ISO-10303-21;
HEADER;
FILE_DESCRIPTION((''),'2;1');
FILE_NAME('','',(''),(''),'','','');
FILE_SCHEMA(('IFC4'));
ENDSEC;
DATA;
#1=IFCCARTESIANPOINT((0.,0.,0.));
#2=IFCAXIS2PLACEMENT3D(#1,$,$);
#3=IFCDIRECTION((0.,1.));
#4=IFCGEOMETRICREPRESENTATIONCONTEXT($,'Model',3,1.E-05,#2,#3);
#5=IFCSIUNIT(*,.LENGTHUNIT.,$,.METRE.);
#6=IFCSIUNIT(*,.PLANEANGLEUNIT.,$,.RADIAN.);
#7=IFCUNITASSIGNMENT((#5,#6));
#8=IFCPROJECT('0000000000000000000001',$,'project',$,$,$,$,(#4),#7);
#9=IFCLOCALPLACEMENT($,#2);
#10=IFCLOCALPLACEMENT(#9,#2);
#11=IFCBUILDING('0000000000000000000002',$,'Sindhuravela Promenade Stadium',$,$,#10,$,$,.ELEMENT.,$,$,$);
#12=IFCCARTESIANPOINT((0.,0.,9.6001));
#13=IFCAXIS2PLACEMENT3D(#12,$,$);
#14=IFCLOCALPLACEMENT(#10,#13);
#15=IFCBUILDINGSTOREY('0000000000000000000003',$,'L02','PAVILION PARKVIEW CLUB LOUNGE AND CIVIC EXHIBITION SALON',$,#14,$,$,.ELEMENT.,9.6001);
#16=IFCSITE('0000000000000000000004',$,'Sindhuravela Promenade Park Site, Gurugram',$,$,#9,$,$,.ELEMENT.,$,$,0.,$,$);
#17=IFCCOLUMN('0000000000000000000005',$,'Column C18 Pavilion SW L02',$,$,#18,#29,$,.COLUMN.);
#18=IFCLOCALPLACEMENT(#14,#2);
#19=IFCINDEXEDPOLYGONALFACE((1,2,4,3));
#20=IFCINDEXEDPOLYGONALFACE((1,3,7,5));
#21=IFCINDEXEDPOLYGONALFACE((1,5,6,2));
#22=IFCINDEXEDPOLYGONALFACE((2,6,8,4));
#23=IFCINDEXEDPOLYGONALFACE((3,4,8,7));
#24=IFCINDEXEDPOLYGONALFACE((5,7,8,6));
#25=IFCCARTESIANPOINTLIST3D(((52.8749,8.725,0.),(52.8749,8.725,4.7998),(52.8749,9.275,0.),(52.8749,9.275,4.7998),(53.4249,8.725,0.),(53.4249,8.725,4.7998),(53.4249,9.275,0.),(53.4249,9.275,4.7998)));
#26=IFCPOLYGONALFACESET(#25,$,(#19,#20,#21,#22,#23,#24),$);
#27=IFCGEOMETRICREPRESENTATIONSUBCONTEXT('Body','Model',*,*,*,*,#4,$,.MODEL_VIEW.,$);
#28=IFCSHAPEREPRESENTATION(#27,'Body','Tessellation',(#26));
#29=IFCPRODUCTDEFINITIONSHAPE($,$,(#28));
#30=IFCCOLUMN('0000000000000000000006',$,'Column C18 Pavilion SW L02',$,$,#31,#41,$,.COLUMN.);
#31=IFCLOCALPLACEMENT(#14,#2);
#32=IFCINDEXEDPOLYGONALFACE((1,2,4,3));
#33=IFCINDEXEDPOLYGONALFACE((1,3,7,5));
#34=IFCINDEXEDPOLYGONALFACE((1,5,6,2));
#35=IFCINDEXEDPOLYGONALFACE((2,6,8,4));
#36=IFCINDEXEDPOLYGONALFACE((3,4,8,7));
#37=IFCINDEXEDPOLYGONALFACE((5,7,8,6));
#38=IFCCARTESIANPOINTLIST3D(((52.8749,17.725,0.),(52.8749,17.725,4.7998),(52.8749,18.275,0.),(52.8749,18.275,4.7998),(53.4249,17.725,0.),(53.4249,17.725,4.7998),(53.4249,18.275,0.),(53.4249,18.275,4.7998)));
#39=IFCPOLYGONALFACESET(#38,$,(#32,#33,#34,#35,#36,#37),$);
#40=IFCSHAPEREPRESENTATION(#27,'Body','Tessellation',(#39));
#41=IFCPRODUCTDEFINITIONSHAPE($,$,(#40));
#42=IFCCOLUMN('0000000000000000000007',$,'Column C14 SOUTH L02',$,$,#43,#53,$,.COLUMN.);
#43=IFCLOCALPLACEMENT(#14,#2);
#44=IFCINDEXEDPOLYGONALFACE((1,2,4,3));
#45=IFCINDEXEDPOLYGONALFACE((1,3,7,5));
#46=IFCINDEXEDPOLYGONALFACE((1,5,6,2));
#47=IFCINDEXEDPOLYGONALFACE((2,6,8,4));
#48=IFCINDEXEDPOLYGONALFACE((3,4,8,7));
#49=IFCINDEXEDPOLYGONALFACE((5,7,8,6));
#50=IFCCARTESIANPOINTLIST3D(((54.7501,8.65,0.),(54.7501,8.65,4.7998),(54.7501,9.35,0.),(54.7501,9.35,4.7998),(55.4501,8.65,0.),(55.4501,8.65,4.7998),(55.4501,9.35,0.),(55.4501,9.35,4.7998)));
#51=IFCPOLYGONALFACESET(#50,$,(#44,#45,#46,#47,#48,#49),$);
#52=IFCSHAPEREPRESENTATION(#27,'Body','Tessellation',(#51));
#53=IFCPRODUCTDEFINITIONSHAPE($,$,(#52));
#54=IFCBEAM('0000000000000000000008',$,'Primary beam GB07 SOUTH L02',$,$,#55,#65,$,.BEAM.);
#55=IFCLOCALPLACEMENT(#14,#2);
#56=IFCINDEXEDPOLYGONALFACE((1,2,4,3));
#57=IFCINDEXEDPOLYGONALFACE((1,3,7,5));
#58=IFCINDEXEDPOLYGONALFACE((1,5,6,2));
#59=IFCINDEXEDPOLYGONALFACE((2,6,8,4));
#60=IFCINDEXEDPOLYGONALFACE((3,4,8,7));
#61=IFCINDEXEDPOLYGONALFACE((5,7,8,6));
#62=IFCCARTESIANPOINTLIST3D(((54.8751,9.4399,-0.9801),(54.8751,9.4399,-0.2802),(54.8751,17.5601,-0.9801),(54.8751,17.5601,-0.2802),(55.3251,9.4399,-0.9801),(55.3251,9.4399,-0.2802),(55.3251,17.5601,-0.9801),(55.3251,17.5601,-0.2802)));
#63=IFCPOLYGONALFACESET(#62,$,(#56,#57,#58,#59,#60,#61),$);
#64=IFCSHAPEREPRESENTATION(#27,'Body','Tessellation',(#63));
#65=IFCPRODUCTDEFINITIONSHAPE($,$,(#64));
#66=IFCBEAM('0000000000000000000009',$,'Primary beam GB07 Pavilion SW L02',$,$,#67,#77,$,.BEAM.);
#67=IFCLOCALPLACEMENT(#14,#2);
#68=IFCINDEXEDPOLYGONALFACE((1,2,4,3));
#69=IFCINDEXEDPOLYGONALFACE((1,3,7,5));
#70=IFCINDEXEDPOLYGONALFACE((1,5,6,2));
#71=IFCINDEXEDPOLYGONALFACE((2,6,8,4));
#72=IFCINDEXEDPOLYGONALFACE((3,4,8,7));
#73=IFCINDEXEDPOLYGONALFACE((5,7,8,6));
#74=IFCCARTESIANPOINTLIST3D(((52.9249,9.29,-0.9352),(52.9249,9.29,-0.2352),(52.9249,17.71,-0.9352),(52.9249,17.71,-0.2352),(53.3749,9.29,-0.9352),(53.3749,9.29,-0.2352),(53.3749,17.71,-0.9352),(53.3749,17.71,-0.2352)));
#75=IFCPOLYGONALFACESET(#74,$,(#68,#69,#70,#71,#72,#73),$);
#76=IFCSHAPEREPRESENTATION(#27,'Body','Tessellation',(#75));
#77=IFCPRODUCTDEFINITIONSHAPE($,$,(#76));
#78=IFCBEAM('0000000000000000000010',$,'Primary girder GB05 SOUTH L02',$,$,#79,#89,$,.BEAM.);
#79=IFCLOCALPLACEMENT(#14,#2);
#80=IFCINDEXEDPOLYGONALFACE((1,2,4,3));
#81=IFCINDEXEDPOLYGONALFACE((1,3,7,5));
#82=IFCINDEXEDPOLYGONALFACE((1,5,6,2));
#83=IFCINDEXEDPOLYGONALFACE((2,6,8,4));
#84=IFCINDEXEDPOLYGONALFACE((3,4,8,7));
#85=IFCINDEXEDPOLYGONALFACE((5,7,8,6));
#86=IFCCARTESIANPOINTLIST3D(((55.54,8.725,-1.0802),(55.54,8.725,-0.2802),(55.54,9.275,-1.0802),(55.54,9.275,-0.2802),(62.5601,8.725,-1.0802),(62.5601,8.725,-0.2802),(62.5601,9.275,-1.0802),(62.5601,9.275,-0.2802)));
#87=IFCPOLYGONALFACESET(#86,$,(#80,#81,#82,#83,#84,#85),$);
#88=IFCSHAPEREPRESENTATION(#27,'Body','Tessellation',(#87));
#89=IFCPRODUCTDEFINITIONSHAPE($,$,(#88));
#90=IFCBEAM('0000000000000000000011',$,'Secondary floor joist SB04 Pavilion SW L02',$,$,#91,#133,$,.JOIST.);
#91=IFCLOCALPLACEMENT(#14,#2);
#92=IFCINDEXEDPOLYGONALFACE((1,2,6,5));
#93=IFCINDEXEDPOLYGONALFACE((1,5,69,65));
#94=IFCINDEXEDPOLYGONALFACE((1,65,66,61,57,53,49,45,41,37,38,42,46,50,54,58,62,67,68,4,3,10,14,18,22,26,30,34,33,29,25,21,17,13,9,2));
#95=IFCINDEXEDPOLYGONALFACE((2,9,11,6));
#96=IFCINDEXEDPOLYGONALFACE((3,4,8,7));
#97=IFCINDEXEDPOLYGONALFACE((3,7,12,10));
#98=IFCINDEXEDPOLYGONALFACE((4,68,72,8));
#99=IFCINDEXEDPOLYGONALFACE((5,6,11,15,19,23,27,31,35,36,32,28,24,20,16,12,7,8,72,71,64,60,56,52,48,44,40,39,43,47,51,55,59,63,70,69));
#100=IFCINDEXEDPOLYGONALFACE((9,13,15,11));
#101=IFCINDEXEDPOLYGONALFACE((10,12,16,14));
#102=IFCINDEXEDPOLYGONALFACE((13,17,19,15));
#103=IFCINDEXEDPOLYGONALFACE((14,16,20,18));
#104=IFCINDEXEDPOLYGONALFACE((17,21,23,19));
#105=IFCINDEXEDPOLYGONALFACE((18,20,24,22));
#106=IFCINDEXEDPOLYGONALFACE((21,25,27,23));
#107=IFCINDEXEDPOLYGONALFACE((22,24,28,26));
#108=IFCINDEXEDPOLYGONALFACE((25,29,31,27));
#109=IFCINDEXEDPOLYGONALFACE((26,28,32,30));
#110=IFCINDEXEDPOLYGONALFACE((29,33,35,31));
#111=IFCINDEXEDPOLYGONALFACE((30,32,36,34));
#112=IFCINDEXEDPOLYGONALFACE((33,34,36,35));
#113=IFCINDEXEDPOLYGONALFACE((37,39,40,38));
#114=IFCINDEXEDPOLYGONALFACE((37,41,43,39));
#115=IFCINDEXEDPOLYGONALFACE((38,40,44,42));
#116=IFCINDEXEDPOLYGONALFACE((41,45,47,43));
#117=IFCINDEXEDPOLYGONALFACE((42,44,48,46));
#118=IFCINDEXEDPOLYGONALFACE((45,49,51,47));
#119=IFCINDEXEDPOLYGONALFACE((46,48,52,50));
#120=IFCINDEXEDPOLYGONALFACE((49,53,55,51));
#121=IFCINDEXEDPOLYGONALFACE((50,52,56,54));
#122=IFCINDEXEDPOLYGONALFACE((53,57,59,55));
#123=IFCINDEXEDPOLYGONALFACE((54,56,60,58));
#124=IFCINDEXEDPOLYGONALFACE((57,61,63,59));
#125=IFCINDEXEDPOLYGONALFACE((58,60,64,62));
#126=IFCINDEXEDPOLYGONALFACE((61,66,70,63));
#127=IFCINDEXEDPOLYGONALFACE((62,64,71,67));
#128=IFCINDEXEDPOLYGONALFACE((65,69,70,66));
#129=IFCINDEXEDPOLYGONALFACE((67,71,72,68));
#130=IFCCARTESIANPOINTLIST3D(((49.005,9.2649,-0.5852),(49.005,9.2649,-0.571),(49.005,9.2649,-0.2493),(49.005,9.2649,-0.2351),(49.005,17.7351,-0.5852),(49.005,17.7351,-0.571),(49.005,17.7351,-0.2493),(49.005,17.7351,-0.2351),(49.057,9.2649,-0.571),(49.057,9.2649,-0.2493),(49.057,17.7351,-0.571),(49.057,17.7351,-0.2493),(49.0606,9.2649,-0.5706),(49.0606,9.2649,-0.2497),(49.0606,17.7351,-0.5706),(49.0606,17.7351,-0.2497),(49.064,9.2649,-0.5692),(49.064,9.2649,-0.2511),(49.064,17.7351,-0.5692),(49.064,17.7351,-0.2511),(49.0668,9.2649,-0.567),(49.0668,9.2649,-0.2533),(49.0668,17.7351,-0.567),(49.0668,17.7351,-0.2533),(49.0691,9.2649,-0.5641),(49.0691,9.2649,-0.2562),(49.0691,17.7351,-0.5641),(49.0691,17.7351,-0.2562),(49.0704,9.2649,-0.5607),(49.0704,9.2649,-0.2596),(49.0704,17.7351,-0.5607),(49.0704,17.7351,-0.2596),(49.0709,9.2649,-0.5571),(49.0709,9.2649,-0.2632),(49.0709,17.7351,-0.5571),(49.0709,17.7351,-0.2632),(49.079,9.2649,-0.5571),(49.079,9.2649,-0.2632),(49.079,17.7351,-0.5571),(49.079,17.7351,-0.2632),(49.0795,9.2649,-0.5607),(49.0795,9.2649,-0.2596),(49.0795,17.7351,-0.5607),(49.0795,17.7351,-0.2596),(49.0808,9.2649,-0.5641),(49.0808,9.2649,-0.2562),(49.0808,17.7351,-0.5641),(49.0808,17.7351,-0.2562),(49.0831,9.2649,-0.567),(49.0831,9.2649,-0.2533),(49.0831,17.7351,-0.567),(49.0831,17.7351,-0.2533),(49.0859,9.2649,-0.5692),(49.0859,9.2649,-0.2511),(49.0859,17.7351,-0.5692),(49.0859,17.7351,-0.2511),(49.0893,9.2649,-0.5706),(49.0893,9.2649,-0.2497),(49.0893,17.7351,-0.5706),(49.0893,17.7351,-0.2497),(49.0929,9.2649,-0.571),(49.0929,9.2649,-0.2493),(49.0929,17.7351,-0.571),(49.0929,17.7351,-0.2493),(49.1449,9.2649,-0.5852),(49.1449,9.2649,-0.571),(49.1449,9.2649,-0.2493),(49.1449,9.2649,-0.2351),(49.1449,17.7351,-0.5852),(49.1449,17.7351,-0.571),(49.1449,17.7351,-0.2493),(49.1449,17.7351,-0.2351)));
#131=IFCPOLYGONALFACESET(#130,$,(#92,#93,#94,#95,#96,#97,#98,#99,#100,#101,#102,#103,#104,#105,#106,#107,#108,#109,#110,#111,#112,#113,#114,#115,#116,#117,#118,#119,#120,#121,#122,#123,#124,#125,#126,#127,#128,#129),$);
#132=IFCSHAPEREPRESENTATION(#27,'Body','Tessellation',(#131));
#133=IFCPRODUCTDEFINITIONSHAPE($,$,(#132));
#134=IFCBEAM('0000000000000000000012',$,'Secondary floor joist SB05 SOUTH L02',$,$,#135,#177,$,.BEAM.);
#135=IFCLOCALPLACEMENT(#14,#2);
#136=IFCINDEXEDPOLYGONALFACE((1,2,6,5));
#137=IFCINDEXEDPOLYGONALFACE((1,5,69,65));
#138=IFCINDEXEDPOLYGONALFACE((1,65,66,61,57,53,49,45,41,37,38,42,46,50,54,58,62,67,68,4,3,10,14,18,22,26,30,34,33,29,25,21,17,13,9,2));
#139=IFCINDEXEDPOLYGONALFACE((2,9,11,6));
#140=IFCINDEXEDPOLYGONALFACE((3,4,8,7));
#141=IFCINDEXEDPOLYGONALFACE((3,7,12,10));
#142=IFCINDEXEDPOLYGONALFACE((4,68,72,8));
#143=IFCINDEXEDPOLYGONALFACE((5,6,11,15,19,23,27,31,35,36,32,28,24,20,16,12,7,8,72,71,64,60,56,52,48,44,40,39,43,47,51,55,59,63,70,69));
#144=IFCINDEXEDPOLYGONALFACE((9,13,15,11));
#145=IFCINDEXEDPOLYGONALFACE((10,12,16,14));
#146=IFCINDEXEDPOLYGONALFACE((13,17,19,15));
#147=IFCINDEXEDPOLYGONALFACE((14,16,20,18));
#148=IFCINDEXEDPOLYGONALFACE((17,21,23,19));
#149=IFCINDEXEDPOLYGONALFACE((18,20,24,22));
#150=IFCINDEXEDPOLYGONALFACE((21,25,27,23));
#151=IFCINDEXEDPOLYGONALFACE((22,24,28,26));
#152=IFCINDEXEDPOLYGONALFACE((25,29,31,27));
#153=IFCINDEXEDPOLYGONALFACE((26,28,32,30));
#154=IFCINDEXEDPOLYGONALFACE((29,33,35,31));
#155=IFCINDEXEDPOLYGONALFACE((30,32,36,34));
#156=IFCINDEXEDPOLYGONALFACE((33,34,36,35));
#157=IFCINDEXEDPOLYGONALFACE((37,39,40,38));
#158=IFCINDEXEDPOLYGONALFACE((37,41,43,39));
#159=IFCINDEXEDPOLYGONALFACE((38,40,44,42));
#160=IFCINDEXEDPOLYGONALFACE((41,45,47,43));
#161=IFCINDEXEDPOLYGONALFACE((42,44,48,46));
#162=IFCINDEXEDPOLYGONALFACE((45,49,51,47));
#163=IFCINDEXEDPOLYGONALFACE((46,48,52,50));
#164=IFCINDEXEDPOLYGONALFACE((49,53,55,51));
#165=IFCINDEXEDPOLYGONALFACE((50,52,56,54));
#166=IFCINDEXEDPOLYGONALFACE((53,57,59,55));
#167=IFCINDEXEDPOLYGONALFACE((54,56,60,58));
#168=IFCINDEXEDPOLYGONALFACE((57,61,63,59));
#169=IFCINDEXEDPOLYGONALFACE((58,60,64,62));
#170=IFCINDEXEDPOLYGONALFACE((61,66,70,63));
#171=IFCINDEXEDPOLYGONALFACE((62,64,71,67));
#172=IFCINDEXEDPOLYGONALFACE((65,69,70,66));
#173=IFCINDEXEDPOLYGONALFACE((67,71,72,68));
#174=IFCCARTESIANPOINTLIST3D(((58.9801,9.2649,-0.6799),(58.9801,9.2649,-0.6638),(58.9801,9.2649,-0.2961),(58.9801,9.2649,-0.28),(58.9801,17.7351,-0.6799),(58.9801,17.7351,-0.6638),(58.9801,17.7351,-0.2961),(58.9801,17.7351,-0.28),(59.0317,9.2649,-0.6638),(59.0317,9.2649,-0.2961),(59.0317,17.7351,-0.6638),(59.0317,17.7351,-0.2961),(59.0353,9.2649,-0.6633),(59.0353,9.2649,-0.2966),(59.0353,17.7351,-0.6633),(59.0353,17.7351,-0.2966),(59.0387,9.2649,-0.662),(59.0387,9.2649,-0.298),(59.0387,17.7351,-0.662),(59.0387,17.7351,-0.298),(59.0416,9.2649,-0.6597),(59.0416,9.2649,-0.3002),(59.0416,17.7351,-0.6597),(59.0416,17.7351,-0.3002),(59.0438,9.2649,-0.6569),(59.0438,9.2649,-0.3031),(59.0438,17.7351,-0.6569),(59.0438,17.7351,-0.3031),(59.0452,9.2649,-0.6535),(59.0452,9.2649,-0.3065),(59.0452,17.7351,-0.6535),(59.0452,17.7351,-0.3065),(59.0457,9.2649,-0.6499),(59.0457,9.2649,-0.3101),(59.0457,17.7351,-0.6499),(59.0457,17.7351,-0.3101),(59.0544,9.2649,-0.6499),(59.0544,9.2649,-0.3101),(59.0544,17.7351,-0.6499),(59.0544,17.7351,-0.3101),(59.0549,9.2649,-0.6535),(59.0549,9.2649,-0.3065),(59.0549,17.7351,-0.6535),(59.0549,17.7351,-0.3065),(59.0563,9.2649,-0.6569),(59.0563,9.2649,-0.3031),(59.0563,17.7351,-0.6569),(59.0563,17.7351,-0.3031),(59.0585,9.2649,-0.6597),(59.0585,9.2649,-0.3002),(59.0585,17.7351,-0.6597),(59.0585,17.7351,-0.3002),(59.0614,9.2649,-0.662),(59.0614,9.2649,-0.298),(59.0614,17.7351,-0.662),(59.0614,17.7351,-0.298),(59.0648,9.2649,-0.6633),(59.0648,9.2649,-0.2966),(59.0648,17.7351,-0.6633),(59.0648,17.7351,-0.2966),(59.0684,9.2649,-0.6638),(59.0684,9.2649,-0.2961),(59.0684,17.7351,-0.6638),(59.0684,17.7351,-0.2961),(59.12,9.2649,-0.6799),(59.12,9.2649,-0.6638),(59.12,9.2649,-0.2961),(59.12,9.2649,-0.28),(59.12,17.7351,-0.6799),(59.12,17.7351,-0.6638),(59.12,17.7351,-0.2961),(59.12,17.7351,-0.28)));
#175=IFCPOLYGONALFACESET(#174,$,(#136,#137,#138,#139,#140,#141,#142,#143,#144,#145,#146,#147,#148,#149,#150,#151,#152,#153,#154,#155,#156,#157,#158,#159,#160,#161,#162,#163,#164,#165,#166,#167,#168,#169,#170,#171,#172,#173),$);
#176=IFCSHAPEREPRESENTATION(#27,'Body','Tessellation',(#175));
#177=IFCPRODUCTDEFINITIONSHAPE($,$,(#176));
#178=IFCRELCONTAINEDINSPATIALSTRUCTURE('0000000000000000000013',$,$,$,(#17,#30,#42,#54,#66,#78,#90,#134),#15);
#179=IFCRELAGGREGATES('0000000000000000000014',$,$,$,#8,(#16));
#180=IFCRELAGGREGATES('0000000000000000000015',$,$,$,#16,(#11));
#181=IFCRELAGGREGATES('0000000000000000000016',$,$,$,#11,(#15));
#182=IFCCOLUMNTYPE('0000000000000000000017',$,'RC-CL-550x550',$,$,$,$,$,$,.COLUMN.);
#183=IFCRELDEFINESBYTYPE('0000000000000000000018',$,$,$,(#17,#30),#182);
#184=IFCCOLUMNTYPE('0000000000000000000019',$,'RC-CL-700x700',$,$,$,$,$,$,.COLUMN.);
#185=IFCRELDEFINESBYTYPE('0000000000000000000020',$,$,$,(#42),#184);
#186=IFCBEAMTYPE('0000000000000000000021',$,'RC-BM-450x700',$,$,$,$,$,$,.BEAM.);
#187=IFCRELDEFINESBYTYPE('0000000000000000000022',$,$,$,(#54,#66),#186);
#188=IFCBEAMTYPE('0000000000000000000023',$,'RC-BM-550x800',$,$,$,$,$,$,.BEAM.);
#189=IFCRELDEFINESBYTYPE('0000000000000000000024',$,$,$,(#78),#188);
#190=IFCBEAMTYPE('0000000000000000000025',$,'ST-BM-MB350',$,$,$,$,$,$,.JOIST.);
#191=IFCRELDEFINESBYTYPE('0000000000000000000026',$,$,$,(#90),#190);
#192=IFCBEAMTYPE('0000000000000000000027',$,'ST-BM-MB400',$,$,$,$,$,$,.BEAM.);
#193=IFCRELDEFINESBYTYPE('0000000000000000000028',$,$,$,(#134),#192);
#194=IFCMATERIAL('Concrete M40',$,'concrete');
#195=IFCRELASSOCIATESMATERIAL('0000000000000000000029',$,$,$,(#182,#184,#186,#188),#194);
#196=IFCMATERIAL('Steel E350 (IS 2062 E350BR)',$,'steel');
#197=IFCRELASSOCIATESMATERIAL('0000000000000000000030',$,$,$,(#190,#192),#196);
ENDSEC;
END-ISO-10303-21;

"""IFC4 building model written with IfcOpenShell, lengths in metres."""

from ifc_helpers import new_model, si_unit, direction, frame, origin, origin_2d, place, context, subcontext, project, spatial, rectangle, i_section, extrude, material, material_profile, profile_set, type_object, element, save


model = new_model("IFC4")

# Units and contexts
model_context = context("Model", 3, precision=1e-05, world=origin(), true_north=direction((0.0, 1.0)))
body_context = subcontext(model_context, "Body", "Model", "MODEL_VIEW")
ifc_project = project(units=[si_unit("LENGTHUNIT", "METRE"), si_unit("PLANEANGLEUNIT", "RADIAN")], contexts=[model_context])

# Site, building, storey
site_placement = place(None, origin())
site = spatial("IfcSite", under=ifc_project, at=site_placement, Name="Sindhuravela Promenade Park Site, Gurugram", CompositionType="ELEMENT", RefElevation=0.0)
building_placement = place(site_placement, origin())
building = spatial("IfcBuilding", under=site, at=building_placement, Name="Sindhuravela Promenade Stadium", CompositionType="ELEMENT")
storey_placement = place(building_placement, frame((0.0, 0.0, 9.6001)))
storey = spatial("IfcBuildingStorey", under=building, at=storey_placement, Name="L02", Description="PAVILION PARKVIEW CLUB LOUNGE AND CIVIC EXHIBITION SALON", CompositionType="ELEMENT", Elevation=9.6001)

# Columns
ifc_material_1 = material(Name="Concrete M40", Category="concrete")
ifc_material_profile_1 = material_profile(ifc_material_1, rectangle(XDim=0.55, YDim=0.55, at=origin_2d()), Name="RC 550x550")
ifc_profile_set_1 = profile_set([ifc_material_profile_1], Name="Concrete M40")
column_type_1 = type_object("IfcColumnType", Name="RC-CL-550x550", PredefinedType="COLUMN", material=ifc_profile_set_1)
for number, where, z_axis, x_axis, name in (
    (1, (53.1499, 9.0, 0.0), (0.0, 0.0, 1.0), (1.0, 0.0, 0.0), "Column C18 Pavilion SW L02"),
    (2, (53.1499, 18.0, 0.0), (0.0, 0.0, 1.0), (1.0, 0.0, 0.0), "Column C18 Pavilion SW L02"),
):
    element("IfcColumn", number, at=place(storey_placement, frame(where, z_axis=z_axis, x_axis=x_axis)), inside=storey, type_object=column_type_1, Name=name, PredefinedType="COLUMN", context=body_context, shape_type="SweptSolid", body=[
        extrude(rectangle(XDim=0.55, YDim=0.55, at=origin_2d()), origin(), (0.0, 0.0, 1.0), 4.7998),
    ])
ifc_material_profile_2 = material_profile(ifc_material_1, rectangle(XDim=0.7, YDim=0.7, at=origin_2d()), Name="RC 700x700")
ifc_profile_set_2 = profile_set([ifc_material_profile_2], Name="Concrete M40")
column_type_2 = type_object("IfcColumnType", Name="RC-CL-700x700", PredefinedType="COLUMN", material=ifc_profile_set_2)
column_placement = place(storey_placement, frame((55.1001, 9.0, 0.0), z_axis=(0.0, 0.0, 1.0), x_axis=(1.0, 0.0, 0.0)))
element("IfcColumn", 3, at=column_placement, inside=storey, type_object=column_type_2, Name="Column C14 SOUTH L02", PredefinedType="COLUMN", context=body_context, shape_type="SweptSolid", body=[
    extrude(rectangle(XDim=0.7, YDim=0.7, at=origin_2d()), origin(), (0.0, 0.0, 1.0), 4.7998),
])

# Beams
ifc_material_profile_3 = material_profile(ifc_material_1, rectangle(XDim=0.45, YDim=0.7, at=origin_2d()), Name="RC 450x700")
ifc_profile_set_3 = profile_set([ifc_material_profile_3], Name="Concrete M40")
beam_type_1 = type_object("IfcBeamType", Name="RC-BM-450x700", PredefinedType="BEAM", material=ifc_profile_set_3)
beam_1_placement = place(storey_placement, frame((55.1001, 9.4399, -0.6301), z_axis=(0.0, 1.0, 0.0), x_axis=(-1.0, 0.0, 0.0)))
element("IfcBeam", 4, at=beam_1_placement, inside=storey, type_object=beam_type_1, Name="Primary beam GB07 SOUTH L02", PredefinedType="BEAM", context=body_context, shape_type="SweptSolid", body=[
    extrude(rectangle(XDim=0.45, YDim=0.7, at=origin_2d()), origin(), (0.0, 0.0, 1.0), 8.1201),
])
beam_2_placement = place(storey_placement, frame((53.1499, 9.29, -0.5852), z_axis=(0.0, 1.0, 0.0), x_axis=(-1.0, 0.0, 0.0)))
element("IfcBeam", 5, at=beam_2_placement, inside=storey, type_object=beam_type_1, Name="Primary beam GB07 Pavilion SW L02", PredefinedType="BEAM", context=body_context, shape_type="SweptSolid", body=[
    extrude(rectangle(XDim=0.45, YDim=0.7, at=origin_2d()), origin(), (0.0, 0.0, 1.0), 8.4199),
])
ifc_material_profile_4 = material_profile(ifc_material_1, rectangle(XDim=0.55, YDim=0.8, at=origin_2d()), Name="RC 550x800")
ifc_profile_set_4 = profile_set([ifc_material_profile_4], Name="Concrete M40")
beam_type_2 = type_object("IfcBeamType", Name="RC-BM-550x800", PredefinedType="BEAM", material=ifc_profile_set_4)
beam_3_placement = place(storey_placement, frame((55.54, 9.0, -0.6802), z_axis=(1.0, 0.0, 0.0), x_axis=(0.0, 1.0, 0.0)))
element("IfcBeam", 6, at=beam_3_placement, inside=storey, type_object=beam_type_2, Name="Primary girder GB05 SOUTH L02", PredefinedType="BEAM", context=body_context, shape_type="SweptSolid", body=[
    extrude(rectangle(XDim=0.55, YDim=0.8, at=origin_2d()), origin(), (0.0, 0.0, 1.0), 7.02),
])
ifc_material_2 = material(Name="Steel E350 (IS 2062 E350BR)", Category="steel")
ifc_material_profile_5 = material_profile(ifc_material_2, i_section(OverallWidth=0.1399, OverallDepth=0.3501, WebThickness=0.0081, FlangeThickness=0.0142, FilletRadius=0.0139, at=origin_2d()), Name="ISMB 350")
ifc_profile_set_5 = profile_set([ifc_material_profile_5], Name="Steel E350 (IS 2062 E350BR)")
beam_type_3 = type_object("IfcBeamType", Name="ST-BM-MB350", PredefinedType="JOIST", material=ifc_profile_set_5)
beam_4_placement = place(storey_placement, frame((49.075, 9.2649, -0.4102), z_axis=(0.0, 1.0, 0.0), x_axis=(-1.0, 0.0, 0.0)))
element("IfcBeam", 7, at=beam_4_placement, inside=storey, type_object=beam_type_3, Name="Secondary floor joist SB04 Pavilion SW L02", PredefinedType="JOIST", context=body_context, shape_type="SweptSolid", body=[
    extrude(i_section(OverallWidth=0.1399, OverallDepth=0.3501, WebThickness=0.0081, FlangeThickness=0.0142, FilletRadius=0.0139, at=origin_2d()), origin(), (0.0, 0.0, 1.0), 8.4702),
])
ifc_material_profile_6 = material_profile(ifc_material_2, i_section(OverallWidth=0.1399, OverallDepth=0.3999, WebThickness=0.0088, FlangeThickness=0.0161, FilletRadius=0.0139, at=origin_2d()), Name="ISMB 400")
ifc_profile_set_6 = profile_set([ifc_material_profile_6], Name="Steel E350 (IS 2062 E350BR)")
beam_type_4 = type_object("IfcBeamType", Name="ST-BM-MB400", PredefinedType="BEAM", material=ifc_profile_set_6)
beam_5_placement = place(storey_placement, frame((59.05, 9.2649, -0.48), z_axis=(0.0, 1.0, 0.0), x_axis=(-1.0, 0.0, 0.0)))
element("IfcBeam", 8, at=beam_5_placement, inside=storey, type_object=beam_type_4, Name="Secondary floor joist SB05 SOUTH L02", PredefinedType="BEAM", context=body_context, shape_type="SweptSolid", body=[
    extrude(i_section(OverallWidth=0.1399, OverallDepth=0.3999, WebThickness=0.0088, FlangeThickness=0.0161, FilletRadius=0.0139, at=origin_2d()), origin(), (0.0, 0.0, 1.0), 8.4702),
])

save(model, "model.ifc")
